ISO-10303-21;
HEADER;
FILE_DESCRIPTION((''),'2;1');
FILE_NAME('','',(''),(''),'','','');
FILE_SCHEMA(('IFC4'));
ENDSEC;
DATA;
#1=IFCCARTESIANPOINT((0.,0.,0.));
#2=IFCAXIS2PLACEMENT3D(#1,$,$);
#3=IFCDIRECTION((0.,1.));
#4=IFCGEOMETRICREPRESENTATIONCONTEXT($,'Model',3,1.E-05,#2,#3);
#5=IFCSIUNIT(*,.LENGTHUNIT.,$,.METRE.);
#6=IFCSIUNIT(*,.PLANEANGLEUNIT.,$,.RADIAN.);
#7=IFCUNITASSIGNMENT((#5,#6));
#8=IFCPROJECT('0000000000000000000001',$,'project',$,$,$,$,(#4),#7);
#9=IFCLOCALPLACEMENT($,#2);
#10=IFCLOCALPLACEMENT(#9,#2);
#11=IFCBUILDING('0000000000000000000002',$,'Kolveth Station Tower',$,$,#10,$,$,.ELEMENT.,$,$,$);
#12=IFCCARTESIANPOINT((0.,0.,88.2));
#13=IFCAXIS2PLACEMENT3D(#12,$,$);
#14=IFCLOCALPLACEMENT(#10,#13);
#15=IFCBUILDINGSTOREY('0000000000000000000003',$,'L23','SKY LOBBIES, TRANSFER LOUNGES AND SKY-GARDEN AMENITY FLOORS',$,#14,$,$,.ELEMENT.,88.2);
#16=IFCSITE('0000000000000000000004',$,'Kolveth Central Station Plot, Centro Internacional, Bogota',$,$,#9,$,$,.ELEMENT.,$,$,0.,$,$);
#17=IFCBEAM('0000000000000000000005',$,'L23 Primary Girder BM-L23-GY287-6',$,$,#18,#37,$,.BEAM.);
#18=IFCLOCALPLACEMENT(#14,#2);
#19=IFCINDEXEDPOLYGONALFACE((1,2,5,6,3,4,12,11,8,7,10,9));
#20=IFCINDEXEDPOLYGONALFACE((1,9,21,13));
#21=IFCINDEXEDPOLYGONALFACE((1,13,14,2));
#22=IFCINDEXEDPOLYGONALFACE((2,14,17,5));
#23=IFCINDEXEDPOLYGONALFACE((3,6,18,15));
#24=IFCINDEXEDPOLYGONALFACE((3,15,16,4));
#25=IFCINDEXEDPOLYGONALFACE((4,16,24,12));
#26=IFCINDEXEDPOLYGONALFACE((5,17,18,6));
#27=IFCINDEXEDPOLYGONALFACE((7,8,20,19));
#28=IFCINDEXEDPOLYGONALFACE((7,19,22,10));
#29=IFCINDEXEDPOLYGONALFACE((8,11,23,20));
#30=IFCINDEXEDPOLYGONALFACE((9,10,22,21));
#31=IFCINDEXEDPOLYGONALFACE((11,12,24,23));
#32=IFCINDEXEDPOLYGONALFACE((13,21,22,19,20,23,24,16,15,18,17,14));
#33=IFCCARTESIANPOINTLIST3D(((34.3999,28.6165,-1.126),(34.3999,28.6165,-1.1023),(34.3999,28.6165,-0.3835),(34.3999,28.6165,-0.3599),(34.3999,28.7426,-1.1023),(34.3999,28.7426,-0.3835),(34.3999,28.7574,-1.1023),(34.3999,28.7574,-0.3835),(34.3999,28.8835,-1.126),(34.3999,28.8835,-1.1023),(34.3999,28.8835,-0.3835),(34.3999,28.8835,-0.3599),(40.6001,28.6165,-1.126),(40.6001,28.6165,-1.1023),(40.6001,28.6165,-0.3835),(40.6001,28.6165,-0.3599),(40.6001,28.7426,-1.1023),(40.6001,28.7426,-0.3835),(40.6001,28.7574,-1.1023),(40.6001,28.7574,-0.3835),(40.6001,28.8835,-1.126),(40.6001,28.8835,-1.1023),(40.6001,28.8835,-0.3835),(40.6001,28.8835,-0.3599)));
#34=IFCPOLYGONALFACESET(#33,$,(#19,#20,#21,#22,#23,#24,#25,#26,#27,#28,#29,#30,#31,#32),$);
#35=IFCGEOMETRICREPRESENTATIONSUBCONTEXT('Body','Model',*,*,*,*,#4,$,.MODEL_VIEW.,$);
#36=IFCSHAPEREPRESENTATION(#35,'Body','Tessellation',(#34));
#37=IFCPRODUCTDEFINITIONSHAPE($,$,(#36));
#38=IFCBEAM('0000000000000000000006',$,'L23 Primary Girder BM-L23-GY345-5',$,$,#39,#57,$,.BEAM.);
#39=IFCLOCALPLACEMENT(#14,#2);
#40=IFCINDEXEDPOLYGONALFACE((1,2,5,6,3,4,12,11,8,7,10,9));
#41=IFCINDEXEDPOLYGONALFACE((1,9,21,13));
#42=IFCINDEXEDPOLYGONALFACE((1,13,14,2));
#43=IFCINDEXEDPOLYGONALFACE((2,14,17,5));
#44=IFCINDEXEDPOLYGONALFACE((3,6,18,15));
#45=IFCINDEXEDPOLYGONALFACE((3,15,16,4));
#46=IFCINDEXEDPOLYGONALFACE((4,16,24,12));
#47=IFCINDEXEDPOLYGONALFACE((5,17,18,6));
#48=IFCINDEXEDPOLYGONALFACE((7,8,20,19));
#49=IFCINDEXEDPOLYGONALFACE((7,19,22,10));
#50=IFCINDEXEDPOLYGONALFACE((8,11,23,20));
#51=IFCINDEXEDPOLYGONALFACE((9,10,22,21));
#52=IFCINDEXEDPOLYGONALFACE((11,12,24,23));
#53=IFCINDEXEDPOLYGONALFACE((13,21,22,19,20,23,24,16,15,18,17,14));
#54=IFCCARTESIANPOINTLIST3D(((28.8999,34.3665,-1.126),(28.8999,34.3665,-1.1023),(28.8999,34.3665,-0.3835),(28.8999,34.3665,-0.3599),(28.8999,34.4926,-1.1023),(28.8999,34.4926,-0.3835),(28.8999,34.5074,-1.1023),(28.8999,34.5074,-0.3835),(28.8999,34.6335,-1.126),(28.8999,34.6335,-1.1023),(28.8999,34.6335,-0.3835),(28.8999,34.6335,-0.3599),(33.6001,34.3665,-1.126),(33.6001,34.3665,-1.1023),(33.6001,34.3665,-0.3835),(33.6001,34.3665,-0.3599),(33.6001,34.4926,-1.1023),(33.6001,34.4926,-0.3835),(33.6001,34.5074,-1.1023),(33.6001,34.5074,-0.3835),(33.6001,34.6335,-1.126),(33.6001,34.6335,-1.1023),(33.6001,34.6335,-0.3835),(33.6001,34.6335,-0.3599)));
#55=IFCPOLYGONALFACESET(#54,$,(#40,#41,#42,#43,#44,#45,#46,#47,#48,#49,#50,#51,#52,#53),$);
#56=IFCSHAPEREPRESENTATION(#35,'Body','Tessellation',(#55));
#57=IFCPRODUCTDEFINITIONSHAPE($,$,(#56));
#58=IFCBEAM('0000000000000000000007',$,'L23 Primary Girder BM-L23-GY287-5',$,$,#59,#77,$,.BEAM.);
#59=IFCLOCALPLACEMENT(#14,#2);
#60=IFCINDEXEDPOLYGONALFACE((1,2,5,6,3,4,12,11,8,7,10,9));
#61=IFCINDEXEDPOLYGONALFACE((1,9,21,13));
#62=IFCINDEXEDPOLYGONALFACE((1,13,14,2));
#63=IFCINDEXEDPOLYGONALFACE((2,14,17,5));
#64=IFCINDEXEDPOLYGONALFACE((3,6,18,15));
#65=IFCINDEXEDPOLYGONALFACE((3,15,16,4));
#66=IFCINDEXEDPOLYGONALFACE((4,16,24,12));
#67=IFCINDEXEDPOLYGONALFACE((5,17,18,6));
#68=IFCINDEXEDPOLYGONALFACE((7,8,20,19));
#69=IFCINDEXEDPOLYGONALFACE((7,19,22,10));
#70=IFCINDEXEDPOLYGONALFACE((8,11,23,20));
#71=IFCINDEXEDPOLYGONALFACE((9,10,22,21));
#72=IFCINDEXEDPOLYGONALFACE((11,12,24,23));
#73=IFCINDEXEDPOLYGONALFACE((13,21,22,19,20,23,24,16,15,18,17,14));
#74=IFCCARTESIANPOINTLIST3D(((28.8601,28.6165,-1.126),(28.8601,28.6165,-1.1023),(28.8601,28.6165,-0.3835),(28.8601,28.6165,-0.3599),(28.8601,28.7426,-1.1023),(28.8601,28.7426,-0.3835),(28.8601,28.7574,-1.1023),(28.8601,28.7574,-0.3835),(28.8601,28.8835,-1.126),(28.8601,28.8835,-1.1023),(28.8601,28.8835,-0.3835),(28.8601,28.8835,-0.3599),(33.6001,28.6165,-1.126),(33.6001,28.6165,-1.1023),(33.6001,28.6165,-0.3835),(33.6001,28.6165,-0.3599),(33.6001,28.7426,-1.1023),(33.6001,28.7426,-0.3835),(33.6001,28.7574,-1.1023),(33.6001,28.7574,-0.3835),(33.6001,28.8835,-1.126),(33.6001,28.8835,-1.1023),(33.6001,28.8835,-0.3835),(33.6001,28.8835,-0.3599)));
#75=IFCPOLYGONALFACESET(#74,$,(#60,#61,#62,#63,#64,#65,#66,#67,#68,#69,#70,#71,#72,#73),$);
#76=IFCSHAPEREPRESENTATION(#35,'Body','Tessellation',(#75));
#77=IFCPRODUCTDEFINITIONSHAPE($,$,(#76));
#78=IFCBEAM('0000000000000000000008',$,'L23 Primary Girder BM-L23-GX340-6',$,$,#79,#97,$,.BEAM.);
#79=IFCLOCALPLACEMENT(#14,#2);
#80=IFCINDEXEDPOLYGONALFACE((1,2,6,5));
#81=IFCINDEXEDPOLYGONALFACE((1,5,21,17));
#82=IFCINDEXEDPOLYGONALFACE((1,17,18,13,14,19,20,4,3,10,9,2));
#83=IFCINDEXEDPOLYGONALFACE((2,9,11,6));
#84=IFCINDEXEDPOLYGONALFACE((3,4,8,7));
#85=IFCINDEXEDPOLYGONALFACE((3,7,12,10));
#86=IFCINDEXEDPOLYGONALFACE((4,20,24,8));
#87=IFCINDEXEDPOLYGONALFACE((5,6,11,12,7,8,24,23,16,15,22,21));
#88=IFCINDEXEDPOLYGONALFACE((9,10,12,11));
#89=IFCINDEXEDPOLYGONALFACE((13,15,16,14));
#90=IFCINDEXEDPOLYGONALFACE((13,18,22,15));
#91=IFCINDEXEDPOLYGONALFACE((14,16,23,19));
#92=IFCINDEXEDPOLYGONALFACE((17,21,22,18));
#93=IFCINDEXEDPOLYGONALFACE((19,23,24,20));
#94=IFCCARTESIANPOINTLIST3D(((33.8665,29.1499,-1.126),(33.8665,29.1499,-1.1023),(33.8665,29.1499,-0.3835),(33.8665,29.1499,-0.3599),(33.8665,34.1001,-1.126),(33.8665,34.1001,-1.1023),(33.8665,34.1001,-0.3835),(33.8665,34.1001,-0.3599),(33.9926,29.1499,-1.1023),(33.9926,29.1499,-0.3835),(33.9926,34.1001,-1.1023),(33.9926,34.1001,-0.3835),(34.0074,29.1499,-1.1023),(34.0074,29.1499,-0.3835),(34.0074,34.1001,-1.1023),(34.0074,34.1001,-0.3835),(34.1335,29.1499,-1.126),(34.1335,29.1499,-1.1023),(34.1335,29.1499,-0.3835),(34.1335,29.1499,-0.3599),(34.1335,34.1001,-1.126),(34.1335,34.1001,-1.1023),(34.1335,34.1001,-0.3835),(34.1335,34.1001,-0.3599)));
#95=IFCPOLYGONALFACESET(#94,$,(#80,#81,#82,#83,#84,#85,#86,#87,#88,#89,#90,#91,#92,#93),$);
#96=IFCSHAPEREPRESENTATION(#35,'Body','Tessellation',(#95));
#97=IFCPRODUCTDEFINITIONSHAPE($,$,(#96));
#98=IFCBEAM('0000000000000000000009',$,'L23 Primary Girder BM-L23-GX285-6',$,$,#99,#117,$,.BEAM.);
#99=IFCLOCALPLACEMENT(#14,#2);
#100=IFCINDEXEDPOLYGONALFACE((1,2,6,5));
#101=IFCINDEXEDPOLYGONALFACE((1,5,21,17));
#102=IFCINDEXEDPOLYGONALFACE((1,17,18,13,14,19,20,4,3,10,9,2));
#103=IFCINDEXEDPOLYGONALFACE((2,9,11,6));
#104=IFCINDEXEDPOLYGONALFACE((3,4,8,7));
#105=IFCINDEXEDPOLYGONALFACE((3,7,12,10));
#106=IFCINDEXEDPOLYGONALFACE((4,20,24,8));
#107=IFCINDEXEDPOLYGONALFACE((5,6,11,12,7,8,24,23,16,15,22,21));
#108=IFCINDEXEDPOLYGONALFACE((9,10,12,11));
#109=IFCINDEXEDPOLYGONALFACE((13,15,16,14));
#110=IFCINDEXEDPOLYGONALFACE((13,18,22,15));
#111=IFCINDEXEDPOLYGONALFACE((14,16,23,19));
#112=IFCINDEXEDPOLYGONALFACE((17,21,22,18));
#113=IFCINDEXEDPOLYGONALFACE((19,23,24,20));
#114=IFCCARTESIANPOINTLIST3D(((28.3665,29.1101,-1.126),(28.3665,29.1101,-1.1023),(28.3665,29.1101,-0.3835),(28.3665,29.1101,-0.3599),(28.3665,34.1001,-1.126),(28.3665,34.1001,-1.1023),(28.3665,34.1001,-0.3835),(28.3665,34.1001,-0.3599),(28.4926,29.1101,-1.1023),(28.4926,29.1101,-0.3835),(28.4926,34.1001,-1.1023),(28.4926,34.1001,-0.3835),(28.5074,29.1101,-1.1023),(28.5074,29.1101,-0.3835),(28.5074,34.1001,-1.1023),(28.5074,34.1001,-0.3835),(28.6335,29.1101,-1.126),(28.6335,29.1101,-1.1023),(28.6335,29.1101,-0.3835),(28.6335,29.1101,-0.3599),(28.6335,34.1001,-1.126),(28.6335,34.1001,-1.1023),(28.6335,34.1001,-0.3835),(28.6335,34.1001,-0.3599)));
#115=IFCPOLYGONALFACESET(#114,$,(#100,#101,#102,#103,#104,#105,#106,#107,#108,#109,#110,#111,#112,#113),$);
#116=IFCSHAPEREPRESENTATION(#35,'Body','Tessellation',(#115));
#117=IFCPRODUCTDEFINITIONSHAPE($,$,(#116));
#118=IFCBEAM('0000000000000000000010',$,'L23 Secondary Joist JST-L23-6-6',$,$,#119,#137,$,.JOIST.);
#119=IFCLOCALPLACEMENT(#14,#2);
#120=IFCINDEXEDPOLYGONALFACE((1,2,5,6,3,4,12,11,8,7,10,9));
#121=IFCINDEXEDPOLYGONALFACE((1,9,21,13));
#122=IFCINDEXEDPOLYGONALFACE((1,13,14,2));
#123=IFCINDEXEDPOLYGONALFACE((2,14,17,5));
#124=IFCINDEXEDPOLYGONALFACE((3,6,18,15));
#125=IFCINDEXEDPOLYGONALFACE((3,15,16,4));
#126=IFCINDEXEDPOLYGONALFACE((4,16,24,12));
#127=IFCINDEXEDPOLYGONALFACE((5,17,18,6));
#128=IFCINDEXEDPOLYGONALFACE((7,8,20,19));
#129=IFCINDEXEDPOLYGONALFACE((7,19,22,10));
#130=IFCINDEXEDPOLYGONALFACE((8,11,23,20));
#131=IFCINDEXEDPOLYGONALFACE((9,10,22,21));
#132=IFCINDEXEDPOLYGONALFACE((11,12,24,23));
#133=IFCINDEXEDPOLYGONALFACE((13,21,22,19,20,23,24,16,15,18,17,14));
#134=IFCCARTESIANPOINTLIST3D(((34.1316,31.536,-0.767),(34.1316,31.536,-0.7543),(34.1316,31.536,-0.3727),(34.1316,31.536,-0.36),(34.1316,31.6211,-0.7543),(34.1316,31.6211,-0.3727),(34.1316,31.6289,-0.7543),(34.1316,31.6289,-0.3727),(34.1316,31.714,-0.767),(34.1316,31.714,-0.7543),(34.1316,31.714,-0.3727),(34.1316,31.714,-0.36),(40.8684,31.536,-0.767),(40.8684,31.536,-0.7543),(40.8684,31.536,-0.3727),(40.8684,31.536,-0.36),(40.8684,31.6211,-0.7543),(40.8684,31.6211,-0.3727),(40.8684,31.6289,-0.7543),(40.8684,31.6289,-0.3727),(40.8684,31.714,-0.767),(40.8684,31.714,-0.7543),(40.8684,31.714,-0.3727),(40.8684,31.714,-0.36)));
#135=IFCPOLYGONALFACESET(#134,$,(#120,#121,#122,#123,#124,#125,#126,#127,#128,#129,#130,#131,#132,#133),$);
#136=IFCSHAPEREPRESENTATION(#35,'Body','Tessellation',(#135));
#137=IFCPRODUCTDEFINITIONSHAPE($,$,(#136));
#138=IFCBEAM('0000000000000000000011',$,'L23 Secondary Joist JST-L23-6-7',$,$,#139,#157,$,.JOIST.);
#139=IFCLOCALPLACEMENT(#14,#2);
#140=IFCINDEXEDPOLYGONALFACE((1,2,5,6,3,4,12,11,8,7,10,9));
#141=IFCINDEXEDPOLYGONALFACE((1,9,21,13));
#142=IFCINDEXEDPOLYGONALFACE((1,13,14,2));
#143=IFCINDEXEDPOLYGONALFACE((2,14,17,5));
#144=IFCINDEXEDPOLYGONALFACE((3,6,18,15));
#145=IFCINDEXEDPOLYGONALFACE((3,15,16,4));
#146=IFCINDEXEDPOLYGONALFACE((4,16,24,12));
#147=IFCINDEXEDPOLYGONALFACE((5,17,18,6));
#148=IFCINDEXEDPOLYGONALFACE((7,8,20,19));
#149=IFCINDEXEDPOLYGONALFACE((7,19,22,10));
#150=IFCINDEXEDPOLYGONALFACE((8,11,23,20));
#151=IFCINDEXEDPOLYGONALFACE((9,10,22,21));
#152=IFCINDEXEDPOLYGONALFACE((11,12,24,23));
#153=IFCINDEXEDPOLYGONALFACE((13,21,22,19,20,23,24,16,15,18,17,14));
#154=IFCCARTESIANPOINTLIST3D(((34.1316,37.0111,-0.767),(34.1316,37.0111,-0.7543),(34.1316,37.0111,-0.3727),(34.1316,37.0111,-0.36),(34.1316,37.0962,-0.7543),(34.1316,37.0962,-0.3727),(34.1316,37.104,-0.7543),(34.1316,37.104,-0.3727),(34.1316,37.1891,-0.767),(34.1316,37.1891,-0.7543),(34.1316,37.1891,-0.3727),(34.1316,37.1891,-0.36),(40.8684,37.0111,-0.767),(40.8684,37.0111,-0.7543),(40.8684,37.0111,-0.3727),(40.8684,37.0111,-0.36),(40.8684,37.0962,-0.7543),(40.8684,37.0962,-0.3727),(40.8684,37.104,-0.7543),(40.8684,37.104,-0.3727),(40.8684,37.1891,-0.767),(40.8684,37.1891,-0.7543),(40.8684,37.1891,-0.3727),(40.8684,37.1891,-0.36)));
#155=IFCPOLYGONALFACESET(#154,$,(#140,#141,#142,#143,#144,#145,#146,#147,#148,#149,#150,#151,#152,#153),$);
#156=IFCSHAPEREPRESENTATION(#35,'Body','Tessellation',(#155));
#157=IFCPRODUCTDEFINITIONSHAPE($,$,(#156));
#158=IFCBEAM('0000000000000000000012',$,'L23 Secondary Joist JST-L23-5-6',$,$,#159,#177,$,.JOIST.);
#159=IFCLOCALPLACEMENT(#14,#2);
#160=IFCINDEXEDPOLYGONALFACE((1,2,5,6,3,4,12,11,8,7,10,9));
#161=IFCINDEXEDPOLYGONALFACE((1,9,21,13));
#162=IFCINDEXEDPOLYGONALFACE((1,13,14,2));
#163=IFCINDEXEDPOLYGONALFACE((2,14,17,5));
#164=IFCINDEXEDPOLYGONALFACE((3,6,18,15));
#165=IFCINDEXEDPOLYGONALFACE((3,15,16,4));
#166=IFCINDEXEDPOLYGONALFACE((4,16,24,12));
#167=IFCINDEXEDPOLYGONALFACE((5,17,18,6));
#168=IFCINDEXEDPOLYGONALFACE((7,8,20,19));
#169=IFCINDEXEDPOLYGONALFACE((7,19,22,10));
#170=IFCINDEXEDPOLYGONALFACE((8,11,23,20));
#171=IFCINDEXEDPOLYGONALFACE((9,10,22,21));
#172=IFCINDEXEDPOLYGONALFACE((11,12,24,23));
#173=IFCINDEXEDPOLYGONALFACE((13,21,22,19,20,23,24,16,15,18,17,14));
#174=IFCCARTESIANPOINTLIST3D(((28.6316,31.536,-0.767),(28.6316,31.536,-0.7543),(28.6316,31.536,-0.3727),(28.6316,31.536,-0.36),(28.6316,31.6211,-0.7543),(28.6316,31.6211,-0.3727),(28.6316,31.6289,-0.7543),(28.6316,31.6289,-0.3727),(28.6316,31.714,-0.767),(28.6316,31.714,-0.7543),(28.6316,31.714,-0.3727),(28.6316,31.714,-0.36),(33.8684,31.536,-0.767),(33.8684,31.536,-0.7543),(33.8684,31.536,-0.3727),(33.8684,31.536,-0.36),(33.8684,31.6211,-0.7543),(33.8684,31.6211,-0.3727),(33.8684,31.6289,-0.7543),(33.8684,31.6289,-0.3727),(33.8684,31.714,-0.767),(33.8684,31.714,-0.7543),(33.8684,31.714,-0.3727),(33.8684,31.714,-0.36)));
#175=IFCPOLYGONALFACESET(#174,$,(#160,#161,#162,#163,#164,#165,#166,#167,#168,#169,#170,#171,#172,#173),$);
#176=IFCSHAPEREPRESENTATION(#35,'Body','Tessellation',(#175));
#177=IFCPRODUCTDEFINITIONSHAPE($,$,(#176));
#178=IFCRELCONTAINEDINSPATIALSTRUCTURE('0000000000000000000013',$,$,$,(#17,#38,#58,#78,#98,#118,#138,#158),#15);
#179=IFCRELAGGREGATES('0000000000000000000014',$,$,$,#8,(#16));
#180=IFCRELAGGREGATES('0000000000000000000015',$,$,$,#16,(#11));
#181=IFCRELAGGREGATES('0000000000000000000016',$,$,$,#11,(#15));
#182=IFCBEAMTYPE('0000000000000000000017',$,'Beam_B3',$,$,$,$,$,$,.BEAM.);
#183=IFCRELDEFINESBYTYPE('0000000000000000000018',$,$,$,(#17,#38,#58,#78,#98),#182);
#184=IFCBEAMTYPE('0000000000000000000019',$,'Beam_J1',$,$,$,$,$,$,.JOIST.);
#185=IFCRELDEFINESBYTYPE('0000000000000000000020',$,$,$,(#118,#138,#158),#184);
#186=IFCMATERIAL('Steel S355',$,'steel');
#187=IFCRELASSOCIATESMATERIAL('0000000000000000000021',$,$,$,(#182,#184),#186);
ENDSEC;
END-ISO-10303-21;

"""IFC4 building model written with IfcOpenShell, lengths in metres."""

from ifc_helpers import new_model, si_unit, direction, frame, origin, origin_2d, place, context, subcontext, project, spatial, i_section, extrude, source, transform, mapped, material, material_profile, profile_set, type_object, element, save


model = new_model("IFC4")

# Units and contexts
model_context = context("Model", 3, precision=1e-05, world=origin(), true_north=direction((0.0, 1.0)))
body_context = subcontext(model_context, "Body", "Model", "MODEL_VIEW")
ifc_project = project(units=[si_unit("LENGTHUNIT", "METRE"), si_unit("PLANEANGLEUNIT", "RADIAN")], contexts=[model_context])

# Site, building, storey
site_placement = place(None, origin())
site = spatial("IfcSite", under=ifc_project, at=site_placement, Name="Kolveth Central Station Plot, Centro Internacional, Bogota", CompositionType="ELEMENT", RefElevation=0.0)
building_placement = place(site_placement, origin())
building = spatial("IfcBuilding", under=site, at=building_placement, Name="Kolveth Station Tower", CompositionType="ELEMENT")
storey_placement = place(building_placement, frame((0.0, 0.0, 88.2)))
storey = spatial("IfcBuildingStorey", under=building, at=storey_placement, Name="L23", Description="SKY LOBBIES, TRANSFER LOUNGES AND SKY-GARDEN AMENITY FLOORS", CompositionType="ELEMENT", Elevation=88.2)

# Shared definitions
ifc_material_1 = material(Name="Steel S355", Category="steel")

# Beams
ifc_material_profile_1 = material_profile(ifc_material_1, i_section(OverallWidth=0.2671, OverallDepth=0.7661, WebThickness=0.0149, FlangeThickness=0.0237, at=origin_2d()), Name="W760x185")
ifc_profile_set_1 = profile_set([ifc_material_profile_1], Name="Steel S355")
beam_type_1 = type_object("IfcBeamType", Name="Beam_B3", PredefinedType="BEAM", material=ifc_profile_set_1)
shared_shape_1 = source(origin(), body_context, "Body", "SweptSolid", [
    extrude(i_section(OverallWidth=0.2671, OverallDepth=0.7661, WebThickness=0.0149, FlangeThickness=0.0237, at=origin_2d()), origin(), (0.0, 0.0, 1.0), 6.2002),
])
beam_1_placement = place(storey_placement, frame((34.3999, 28.75, -0.7429), z_axis=(1.0, 0.0, 0.0), x_axis=(0.0, 1.0, 0.0)))
element("IfcBeam", 1, at=beam_1_placement, inside=storey, type_object=beam_type_1, Name="L23 Primary Girder BM-L23-GY287-6", PredefinedType="BEAM", context=body_context, shape_type="MappedRepresentation", body=[
    mapped(shared_shape_1, transform((0.0, 0.0, 0.0), x_axis=(1.0, 0.0, 0.0), y_axis=(0.0, 1.0, 0.0), z_axis=(0.0, 0.0, 1.0), scale=1.0)),
])
shared_shape_2 = source(origin(), body_context, "Body", "SweptSolid", [
    extrude(i_section(OverallWidth=0.2671, OverallDepth=0.7661, WebThickness=0.0149, FlangeThickness=0.0237, at=origin_2d()), origin(), (0.0, 0.0, 1.0), 4.7002),
])
beam_2_placement = place(storey_placement, frame((28.8999, 34.5, -0.7429), z_axis=(1.0, 0.0, 0.0), x_axis=(0.0, 1.0, 0.0)))
element("IfcBeam", 2, at=beam_2_placement, inside=storey, type_object=beam_type_1, Name="L23 Primary Girder BM-L23-GY345-5", PredefinedType="BEAM", context=body_context, shape_type="MappedRepresentation", body=[
    mapped(shared_shape_2, transform((0.0, 0.0, 0.0), x_axis=(1.0, 0.0, 0.0), y_axis=(0.0, 1.0, 0.0), z_axis=(0.0, 0.0, 1.0), scale=1.0)),
])
shared_shape_3 = source(origin(), body_context, "Body", "SweptSolid", [
    extrude(i_section(OverallWidth=0.2671, OverallDepth=0.7661, WebThickness=0.0149, FlangeThickness=0.0237, at=origin_2d()), origin(), (0.0, 0.0, 1.0), 4.74),
])
beam_3_placement = place(storey_placement, frame((28.8601, 28.75, -0.7429), z_axis=(1.0, 0.0, 0.0), x_axis=(0.0, 1.0, 0.0)))
element("IfcBeam", 3, at=beam_3_placement, inside=storey, type_object=beam_type_1, Name="L23 Primary Girder BM-L23-GY287-5", PredefinedType="BEAM", context=body_context, shape_type="MappedRepresentation", body=[
    mapped(shared_shape_3, transform((0.0, 0.0, 0.0), x_axis=(1.0, 0.0, 0.0), y_axis=(0.0, 1.0, 0.0), z_axis=(0.0, 0.0, 1.0), scale=1.0)),
])
shared_shape_4 = source(origin(), body_context, "Body", "SweptSolid", [
    extrude(i_section(OverallWidth=0.2671, OverallDepth=0.7661, WebThickness=0.0149, FlangeThickness=0.0237, at=origin_2d()), origin(), (0.0, 0.0, 1.0), 4.9502),
])
beam_4_placement = place(storey_placement, frame((34.0, 29.1499, -0.7429), z_axis=(0.0, 1.0, 0.0), x_axis=(-1.0, 0.0, 0.0)))
element("IfcBeam", 4, at=beam_4_placement, inside=storey, type_object=beam_type_1, Name="L23 Primary Girder BM-L23-GX340-6", PredefinedType="BEAM", context=body_context, shape_type="MappedRepresentation", body=[
    mapped(shared_shape_4, transform((0.0, 0.0, 0.0), x_axis=(1.0, 0.0, 0.0), y_axis=(0.0, 1.0, 0.0), z_axis=(0.0, 0.0, 1.0), scale=1.0)),
])
shared_shape_5 = source(origin(), body_context, "Body", "SweptSolid", [
    extrude(i_section(OverallWidth=0.2671, OverallDepth=0.7661, WebThickness=0.0149, FlangeThickness=0.0237, at=origin_2d()), origin(), (0.0, 0.0, 1.0), 4.99),
])
beam_5_placement = place(storey_placement, frame((28.5, 29.1101, -0.7429), z_axis=(0.0, 1.0, 0.0), x_axis=(-1.0, 0.0, 0.0)))
element("IfcBeam", 5, at=beam_5_placement, inside=storey, type_object=beam_type_1, Name="L23 Primary Girder BM-L23-GX285-6", PredefinedType="BEAM", context=body_context, shape_type="MappedRepresentation", body=[
    mapped(shared_shape_5, transform((0.0, 0.0, 0.0), x_axis=(1.0, 0.0, 0.0), y_axis=(0.0, 1.0, 0.0), z_axis=(0.0, 0.0, 1.0), scale=1.0)),
])
ifc_material_profile_2 = material_profile(ifc_material_1, i_section(OverallWidth=0.178, OverallDepth=0.407, WebThickness=0.0078, FlangeThickness=0.0127, at=origin_2d()), Name="W410x60")
ifc_profile_set_2 = profile_set([ifc_material_profile_2], Name="Steel S355")
beam_type_2 = type_object("IfcBeamType", Name="Beam_J1", PredefinedType="JOIST", material=ifc_profile_set_2)
shared_shape_6 = source(origin(), body_context, "Body", "SweptSolid", [
    extrude(i_section(OverallWidth=0.178, OverallDepth=0.407, WebThickness=0.0078, FlangeThickness=0.0127, at=origin_2d()), origin(), (0.0, 0.0, 1.0), 6.7368),
])
for number, where, z_axis, x_axis, name in (
    (6, (34.1316, 31.625, -0.5635), (1.0, 0.0, 0.0), (0.0, 1.0, 0.0), "L23 Secondary Joist JST-L23-6-6"),
    (7, (34.1316, 37.1001, -0.5635), (1.0, 0.0, 0.0), (0.0, 1.0, 0.0), "L23 Secondary Joist JST-L23-6-7"),
):
    element("IfcBeam", number, at=place(storey_placement, frame(where, z_axis=z_axis, x_axis=x_axis)), inside=storey, type_object=beam_type_2, Name=name, PredefinedType="JOIST", context=body_context, shape_type="MappedRepresentation", body=[
        mapped(shared_shape_6, transform((0.0, 0.0, 0.0), x_axis=(1.0, 0.0, 0.0), y_axis=(0.0, 1.0, 0.0), z_axis=(0.0, 0.0, 1.0), scale=1.0)),
    ])
shared_shape_7 = source(origin(), body_context, "Body", "SweptSolid", [
    extrude(i_section(OverallWidth=0.178, OverallDepth=0.407, WebThickness=0.0078, FlangeThickness=0.0127, at=origin_2d()), origin(), (0.0, 0.0, 1.0), 5.2368),
])
for number, where, z_axis, x_axis, name in (
    (8, (28.6316, 31.625, -0.5635), (1.0, 0.0, 0.0), (0.0, 1.0, 0.0), "L23 Secondary Joist JST-L23-5-6"),
):
    element("IfcBeam", number, at=place(storey_placement, frame(where, z_axis=z_axis, x_axis=x_axis)), inside=storey, type_object=beam_type_2, Name=name, PredefinedType="JOIST", context=body_context, shape_type="MappedRepresentation", body=[
        mapped(shared_shape_7, transform((0.0, 0.0, 0.0), x_axis=(1.0, 0.0, 0.0), y_axis=(0.0, 1.0, 0.0), z_axis=(0.0, 0.0, 1.0), scale=1.0)),
    ])

save(model, "model.ifc")
